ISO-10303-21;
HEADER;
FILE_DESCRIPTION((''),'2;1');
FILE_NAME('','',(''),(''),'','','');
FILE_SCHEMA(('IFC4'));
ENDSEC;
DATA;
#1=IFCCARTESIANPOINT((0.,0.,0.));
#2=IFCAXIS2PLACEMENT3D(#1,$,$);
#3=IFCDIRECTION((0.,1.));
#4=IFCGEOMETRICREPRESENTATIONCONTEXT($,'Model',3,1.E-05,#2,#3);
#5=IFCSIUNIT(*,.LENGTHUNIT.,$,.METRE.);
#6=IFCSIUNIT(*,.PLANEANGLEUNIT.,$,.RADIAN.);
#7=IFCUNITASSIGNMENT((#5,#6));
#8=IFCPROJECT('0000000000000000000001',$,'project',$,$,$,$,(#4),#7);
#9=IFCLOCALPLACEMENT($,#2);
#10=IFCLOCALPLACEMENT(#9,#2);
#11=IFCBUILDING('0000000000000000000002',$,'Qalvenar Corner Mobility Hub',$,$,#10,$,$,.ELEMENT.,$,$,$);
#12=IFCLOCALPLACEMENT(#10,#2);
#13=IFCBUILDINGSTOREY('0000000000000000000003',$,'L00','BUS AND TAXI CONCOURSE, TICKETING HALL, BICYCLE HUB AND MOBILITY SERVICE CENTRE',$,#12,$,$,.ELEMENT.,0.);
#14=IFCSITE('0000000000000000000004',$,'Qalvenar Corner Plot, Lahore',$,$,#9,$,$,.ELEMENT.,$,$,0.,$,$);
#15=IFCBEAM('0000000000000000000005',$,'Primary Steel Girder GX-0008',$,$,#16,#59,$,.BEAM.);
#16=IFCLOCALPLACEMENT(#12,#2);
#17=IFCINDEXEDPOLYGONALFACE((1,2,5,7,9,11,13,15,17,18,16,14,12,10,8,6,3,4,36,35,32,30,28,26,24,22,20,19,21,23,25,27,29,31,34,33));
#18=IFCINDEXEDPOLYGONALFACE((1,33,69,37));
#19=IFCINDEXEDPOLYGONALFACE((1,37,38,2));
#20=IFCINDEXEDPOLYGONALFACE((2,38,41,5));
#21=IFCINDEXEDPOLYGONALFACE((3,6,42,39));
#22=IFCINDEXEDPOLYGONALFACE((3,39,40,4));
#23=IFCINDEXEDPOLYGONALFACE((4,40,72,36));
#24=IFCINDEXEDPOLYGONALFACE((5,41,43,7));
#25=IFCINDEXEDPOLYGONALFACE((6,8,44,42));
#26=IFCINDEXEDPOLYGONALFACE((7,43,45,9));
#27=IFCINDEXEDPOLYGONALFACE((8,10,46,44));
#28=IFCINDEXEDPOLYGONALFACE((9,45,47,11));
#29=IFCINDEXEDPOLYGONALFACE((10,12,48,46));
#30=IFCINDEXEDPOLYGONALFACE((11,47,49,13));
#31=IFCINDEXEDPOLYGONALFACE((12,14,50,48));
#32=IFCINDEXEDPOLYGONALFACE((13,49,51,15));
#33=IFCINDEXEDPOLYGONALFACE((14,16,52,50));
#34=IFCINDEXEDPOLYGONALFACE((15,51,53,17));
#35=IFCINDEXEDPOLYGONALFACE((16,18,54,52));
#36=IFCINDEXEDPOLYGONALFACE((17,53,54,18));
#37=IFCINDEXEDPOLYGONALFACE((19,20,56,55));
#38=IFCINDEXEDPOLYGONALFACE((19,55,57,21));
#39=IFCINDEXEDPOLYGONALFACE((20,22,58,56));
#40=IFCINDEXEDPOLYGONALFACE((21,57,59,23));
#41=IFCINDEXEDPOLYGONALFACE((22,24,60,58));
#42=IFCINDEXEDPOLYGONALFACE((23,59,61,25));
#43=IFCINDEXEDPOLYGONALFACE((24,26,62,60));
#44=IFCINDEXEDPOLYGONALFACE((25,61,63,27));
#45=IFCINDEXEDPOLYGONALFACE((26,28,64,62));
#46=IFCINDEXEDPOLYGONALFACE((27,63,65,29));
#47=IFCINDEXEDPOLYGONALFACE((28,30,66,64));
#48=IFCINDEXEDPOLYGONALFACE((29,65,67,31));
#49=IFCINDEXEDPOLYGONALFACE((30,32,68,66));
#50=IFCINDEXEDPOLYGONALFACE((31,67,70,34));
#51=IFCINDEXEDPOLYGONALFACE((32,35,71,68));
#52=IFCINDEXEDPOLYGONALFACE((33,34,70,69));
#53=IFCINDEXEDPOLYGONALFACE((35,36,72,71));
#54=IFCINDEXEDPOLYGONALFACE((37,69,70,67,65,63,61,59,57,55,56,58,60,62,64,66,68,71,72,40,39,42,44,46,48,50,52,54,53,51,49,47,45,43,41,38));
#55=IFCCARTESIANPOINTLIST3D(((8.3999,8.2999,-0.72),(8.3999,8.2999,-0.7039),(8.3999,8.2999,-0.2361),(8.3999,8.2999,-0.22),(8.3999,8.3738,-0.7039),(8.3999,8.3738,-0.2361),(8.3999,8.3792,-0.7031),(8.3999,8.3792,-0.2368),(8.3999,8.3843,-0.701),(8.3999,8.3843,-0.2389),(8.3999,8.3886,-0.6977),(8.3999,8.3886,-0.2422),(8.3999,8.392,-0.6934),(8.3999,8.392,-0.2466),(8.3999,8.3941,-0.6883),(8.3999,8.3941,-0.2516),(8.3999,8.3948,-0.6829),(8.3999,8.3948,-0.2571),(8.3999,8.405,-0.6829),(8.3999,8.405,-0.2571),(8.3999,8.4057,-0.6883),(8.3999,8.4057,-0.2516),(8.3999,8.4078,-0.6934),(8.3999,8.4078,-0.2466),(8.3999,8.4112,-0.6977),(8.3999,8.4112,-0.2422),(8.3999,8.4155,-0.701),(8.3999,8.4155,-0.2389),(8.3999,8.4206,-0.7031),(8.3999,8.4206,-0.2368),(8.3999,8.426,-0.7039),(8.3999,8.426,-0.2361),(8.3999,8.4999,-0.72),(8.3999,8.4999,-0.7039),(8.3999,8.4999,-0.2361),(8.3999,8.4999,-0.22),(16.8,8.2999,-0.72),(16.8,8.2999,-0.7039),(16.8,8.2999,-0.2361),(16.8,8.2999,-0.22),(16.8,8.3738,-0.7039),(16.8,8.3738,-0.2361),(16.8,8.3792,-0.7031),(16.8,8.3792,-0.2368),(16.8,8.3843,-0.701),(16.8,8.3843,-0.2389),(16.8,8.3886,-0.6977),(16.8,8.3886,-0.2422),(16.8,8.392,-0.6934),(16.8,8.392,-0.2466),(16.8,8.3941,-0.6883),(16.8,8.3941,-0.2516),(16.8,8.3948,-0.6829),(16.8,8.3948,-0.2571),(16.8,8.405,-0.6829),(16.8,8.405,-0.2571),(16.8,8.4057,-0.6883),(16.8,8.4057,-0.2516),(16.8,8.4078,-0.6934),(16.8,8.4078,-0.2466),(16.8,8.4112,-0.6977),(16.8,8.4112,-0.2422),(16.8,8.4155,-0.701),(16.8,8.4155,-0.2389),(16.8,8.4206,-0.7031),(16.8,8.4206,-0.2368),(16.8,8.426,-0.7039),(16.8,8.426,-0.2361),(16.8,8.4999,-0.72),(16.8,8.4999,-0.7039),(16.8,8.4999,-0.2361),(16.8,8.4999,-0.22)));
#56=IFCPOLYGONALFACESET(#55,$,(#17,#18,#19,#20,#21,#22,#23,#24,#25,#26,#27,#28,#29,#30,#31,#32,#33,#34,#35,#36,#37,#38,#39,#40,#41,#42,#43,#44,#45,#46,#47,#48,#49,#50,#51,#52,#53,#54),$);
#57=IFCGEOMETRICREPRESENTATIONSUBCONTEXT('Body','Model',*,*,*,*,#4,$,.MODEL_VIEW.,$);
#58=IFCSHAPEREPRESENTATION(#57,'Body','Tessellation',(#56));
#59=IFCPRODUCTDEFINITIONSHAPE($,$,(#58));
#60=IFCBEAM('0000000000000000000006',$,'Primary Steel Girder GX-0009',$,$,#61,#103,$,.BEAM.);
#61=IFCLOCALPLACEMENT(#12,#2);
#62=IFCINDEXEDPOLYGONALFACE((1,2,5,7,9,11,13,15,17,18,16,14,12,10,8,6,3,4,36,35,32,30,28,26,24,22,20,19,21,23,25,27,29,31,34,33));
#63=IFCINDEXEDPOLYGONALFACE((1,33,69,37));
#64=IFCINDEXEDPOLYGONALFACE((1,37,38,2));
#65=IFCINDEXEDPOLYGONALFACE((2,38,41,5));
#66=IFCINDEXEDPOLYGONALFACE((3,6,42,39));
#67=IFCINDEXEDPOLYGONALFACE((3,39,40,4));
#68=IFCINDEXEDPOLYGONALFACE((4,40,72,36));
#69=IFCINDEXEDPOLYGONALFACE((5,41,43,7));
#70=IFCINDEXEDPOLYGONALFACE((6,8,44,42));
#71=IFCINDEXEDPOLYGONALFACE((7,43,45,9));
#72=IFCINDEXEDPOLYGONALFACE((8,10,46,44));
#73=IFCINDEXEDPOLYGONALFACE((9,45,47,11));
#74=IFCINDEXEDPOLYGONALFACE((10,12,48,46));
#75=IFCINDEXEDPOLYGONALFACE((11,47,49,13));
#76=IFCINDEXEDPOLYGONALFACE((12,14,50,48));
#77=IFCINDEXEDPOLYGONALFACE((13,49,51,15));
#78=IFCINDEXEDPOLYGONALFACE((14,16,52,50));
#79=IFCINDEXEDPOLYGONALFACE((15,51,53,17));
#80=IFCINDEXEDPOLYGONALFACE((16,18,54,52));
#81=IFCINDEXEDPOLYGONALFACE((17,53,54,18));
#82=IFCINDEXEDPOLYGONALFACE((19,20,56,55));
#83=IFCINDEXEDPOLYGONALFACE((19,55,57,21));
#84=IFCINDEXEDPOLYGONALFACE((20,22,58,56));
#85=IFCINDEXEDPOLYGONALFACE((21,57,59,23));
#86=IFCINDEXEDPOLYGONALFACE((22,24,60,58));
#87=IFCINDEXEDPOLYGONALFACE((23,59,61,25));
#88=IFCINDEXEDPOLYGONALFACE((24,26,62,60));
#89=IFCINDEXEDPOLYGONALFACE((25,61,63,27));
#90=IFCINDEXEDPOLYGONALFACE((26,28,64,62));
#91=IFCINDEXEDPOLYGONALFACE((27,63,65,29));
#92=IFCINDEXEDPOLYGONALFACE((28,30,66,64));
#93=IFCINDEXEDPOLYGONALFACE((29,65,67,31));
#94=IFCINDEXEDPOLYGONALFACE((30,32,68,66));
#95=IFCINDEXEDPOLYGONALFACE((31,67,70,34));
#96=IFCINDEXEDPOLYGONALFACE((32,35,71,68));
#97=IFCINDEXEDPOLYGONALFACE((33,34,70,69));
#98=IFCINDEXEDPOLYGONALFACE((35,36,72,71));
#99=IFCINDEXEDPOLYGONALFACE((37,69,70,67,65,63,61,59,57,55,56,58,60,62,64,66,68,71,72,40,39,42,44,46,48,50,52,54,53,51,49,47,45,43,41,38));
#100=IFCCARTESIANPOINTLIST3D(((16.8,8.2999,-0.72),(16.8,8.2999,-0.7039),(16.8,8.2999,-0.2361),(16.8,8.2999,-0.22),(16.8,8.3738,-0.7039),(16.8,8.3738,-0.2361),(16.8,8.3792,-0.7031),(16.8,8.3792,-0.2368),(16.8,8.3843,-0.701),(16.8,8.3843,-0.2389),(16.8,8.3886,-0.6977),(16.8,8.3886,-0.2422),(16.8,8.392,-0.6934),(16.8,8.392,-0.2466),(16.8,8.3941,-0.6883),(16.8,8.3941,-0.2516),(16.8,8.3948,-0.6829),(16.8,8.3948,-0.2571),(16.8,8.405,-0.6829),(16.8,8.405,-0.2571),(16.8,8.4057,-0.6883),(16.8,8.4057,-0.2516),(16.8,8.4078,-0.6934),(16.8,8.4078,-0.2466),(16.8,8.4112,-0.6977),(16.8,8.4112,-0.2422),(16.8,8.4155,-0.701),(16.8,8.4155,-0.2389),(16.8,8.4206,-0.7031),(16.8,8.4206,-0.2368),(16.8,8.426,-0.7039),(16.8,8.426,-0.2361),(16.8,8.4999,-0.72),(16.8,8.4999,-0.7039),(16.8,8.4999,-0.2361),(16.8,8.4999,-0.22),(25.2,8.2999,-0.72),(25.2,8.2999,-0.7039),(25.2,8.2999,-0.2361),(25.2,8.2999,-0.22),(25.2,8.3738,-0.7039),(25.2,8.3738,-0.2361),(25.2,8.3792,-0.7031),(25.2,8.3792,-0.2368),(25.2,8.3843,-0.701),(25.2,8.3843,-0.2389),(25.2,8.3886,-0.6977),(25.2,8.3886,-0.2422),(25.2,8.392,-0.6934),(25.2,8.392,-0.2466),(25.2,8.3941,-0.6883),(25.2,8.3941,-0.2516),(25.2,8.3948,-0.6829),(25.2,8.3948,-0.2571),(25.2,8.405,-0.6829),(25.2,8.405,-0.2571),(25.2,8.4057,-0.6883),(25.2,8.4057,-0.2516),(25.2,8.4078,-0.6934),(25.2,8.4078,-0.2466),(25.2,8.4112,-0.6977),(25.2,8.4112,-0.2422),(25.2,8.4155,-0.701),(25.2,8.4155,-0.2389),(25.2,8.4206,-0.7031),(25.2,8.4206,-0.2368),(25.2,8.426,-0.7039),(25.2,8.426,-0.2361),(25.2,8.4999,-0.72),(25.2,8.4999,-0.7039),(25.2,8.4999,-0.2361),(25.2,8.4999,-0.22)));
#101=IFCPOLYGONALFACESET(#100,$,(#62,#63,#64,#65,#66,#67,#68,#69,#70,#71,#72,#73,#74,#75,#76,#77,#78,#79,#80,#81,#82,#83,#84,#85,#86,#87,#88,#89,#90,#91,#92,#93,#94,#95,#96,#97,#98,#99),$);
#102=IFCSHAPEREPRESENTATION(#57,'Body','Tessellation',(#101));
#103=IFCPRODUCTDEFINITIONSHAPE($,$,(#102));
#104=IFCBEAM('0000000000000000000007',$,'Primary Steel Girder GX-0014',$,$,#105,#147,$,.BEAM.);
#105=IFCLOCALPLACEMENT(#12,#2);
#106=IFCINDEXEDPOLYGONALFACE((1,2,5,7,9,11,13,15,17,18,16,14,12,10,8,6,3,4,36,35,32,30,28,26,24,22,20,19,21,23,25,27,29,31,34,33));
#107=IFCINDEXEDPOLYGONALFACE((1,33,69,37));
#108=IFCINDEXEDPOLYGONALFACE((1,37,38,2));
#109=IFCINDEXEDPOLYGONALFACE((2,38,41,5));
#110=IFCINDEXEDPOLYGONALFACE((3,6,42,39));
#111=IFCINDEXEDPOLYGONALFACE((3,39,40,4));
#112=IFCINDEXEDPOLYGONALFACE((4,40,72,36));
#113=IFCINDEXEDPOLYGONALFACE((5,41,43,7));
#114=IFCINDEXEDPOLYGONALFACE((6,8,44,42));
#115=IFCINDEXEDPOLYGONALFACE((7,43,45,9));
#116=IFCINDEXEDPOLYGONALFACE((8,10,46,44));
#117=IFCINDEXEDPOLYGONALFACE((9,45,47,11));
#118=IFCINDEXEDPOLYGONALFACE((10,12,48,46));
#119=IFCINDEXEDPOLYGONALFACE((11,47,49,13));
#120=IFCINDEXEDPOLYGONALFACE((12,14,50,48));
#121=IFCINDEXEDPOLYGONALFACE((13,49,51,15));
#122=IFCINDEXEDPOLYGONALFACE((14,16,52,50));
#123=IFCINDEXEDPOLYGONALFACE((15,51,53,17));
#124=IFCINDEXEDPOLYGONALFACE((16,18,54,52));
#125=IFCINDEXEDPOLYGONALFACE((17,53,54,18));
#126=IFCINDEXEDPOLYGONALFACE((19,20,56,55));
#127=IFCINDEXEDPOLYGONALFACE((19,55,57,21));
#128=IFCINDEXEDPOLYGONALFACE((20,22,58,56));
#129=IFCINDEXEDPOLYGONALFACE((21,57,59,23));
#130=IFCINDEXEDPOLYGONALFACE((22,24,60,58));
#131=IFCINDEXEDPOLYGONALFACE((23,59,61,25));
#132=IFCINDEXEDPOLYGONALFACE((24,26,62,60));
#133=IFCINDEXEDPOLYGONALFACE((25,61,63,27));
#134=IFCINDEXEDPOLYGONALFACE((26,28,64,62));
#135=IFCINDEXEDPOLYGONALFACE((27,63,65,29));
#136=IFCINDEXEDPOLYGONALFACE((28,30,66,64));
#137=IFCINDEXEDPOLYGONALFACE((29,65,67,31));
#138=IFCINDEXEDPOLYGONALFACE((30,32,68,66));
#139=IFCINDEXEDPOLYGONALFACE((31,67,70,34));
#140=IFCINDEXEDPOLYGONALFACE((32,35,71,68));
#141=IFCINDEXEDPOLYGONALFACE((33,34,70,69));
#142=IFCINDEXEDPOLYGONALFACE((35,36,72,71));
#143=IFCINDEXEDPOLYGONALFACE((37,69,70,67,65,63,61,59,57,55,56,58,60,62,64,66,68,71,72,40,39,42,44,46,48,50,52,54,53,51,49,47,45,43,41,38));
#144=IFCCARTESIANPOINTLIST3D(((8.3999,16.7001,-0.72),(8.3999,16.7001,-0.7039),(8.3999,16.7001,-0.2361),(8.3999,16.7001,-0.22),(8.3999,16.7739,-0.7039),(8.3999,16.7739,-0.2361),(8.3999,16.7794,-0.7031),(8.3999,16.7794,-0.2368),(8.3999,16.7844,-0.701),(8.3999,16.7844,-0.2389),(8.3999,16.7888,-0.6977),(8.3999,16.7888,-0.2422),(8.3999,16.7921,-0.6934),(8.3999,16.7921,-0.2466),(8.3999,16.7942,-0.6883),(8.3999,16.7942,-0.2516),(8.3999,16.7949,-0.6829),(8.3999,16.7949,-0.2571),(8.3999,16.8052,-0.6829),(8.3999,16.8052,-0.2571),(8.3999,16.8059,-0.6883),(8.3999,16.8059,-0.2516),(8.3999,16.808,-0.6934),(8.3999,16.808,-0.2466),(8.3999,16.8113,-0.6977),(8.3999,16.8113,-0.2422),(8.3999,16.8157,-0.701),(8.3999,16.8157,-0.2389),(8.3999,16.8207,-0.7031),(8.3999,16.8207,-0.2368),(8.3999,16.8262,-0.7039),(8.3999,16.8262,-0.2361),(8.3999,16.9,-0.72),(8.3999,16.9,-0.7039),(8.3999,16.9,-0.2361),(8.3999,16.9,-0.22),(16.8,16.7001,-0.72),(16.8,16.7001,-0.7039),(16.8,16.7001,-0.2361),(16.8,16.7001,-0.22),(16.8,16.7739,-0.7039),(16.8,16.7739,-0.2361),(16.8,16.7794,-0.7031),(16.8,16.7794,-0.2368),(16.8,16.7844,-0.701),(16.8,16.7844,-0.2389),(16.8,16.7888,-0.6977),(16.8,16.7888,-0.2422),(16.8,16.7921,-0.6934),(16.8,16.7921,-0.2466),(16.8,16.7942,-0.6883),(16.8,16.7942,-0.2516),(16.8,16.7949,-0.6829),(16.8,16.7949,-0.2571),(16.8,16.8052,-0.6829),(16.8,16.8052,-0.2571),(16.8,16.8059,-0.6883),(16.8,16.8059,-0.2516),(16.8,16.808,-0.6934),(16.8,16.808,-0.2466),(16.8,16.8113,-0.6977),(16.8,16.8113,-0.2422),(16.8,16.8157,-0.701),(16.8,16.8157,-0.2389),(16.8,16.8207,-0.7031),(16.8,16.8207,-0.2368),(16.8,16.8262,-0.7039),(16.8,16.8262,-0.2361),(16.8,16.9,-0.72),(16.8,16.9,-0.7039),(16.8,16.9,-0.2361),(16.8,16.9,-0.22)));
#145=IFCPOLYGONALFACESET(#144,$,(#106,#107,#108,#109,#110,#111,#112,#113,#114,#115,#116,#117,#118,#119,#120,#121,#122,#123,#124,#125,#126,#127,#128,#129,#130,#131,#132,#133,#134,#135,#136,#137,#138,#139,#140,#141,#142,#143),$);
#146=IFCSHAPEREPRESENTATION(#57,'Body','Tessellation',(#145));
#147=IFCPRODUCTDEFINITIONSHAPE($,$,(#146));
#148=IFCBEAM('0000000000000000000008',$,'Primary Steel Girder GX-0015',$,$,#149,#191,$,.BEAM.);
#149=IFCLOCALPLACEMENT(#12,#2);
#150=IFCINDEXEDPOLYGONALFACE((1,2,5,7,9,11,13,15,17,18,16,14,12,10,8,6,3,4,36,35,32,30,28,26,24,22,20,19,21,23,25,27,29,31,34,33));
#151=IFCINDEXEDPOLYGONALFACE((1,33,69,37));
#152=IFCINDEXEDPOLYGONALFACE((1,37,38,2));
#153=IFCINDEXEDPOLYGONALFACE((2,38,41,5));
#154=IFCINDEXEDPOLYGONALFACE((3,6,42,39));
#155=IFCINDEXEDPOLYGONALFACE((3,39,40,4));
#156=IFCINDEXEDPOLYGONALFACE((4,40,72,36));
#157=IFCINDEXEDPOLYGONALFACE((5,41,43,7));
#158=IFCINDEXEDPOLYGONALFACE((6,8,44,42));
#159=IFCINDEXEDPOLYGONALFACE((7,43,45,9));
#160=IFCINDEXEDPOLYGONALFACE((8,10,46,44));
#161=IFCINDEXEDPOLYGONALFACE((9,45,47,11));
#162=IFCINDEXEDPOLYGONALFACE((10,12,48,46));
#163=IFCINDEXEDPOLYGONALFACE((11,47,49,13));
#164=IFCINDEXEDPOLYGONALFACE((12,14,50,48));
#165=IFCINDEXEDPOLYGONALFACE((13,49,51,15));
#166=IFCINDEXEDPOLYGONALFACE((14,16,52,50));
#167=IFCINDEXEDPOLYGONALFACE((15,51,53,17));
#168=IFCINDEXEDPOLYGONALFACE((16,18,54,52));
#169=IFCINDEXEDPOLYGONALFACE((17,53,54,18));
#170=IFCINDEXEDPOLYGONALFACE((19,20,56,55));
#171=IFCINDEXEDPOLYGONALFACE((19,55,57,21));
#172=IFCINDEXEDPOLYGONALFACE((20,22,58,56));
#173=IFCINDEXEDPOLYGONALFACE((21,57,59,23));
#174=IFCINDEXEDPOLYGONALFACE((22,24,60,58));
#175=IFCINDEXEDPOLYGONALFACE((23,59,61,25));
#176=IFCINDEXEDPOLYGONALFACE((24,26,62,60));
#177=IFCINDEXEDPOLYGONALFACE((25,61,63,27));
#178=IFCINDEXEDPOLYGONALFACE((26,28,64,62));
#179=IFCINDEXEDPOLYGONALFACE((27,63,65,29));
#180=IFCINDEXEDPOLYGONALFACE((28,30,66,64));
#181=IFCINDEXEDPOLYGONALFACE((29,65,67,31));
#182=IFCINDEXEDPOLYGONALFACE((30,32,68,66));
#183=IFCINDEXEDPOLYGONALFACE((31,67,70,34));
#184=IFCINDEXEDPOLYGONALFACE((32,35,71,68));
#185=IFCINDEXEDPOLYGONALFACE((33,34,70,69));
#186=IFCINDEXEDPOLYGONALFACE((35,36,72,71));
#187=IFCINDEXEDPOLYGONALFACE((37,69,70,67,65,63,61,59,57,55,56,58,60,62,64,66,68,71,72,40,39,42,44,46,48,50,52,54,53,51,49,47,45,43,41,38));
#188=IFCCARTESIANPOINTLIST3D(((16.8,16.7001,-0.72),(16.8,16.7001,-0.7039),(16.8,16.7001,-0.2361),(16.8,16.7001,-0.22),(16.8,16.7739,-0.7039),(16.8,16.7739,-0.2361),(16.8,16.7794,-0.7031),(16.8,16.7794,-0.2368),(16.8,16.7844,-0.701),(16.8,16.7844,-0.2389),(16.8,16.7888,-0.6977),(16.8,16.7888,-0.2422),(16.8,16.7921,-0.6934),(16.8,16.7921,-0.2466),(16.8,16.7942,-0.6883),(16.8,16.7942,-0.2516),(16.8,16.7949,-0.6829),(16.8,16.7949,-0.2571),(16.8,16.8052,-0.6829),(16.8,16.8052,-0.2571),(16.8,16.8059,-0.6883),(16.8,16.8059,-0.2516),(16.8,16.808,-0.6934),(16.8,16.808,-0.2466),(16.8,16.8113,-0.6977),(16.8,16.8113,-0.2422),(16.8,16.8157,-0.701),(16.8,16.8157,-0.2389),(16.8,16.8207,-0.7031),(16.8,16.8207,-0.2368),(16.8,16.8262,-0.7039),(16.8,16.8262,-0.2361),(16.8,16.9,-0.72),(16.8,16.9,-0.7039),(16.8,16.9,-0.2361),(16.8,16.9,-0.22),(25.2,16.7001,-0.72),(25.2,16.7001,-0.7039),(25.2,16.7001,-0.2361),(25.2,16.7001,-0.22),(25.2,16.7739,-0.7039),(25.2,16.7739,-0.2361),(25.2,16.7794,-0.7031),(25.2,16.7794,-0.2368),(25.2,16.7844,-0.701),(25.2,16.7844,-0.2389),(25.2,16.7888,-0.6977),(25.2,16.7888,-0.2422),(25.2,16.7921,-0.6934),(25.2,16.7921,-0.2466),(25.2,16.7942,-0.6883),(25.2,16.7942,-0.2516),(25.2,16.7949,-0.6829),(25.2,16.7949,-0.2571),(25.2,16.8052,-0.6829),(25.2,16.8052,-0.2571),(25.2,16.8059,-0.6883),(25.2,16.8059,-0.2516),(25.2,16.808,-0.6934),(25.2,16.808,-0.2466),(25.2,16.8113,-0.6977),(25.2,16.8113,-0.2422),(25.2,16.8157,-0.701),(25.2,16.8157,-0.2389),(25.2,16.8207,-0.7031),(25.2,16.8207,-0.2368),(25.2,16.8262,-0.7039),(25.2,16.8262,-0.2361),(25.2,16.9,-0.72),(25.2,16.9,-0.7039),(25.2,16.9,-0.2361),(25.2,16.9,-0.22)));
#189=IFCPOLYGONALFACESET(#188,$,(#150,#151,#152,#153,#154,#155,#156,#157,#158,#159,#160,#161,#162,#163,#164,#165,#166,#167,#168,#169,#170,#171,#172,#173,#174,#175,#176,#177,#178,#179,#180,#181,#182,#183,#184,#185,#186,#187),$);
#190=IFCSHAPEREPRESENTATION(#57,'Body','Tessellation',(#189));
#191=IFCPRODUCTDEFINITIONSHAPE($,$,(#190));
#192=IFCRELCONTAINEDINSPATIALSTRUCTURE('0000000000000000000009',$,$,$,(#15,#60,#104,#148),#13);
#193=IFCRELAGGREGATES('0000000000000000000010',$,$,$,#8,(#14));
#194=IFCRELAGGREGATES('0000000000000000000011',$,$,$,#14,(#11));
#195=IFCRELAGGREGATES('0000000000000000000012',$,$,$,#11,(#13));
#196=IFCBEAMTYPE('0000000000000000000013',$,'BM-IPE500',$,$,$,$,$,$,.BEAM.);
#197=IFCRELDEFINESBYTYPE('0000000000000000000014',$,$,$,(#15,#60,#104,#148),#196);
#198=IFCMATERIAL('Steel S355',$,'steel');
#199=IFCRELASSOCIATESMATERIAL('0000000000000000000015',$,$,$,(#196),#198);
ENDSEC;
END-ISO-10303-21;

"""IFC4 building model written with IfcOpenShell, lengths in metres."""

from ifc_helpers import new_model, si_unit, direction, frame, origin, origin_2d, place, context, subcontext, project, spatial, i_section, extrude, material, material_profile, profile_set, type_object, element, save


model = new_model("IFC4")

# Units and contexts
model_context = context("Model", 3, precision=1e-05, world=origin(), true_north=direction((0.0, 1.0)))
body_context = subcontext(model_context, "Body", "Model", "MODEL_VIEW")
ifc_project = project(units=[si_unit("LENGTHUNIT", "METRE"), si_unit("PLANEANGLEUNIT", "RADIAN")], contexts=[model_context])

# Site, building, storey
site_placement = place(None, origin())
site = spatial("IfcSite", under=ifc_project, at=site_placement, Name="Qalvenar Corner Plot, Lahore", CompositionType="ELEMENT", RefElevation=0.0)
building_placement = place(site_placement, origin())
building = spatial("IfcBuilding", under=site, at=building_placement, Name="Qalvenar Corner Mobility Hub", CompositionType="ELEMENT")
storey_placement = place(building_placement, origin())
storey = spatial("IfcBuildingStorey", under=building, at=storey_placement, Name="L00", Description="BUS AND TAXI CONCOURSE, TICKETING HALL, BICYCLE HUB AND MOBILITY SERVICE CENTRE", CompositionType="ELEMENT", Elevation=0.0)

# Beams
ifc_material_1 = material(Name="Steel S355", Category="steel")
ifc_material_profile_1 = material_profile(ifc_material_1, i_section(OverallWidth=0.2, OverallDepth=0.5, WebThickness=0.0103, FlangeThickness=0.0161, FilletRadius=0.021, at=origin_2d()), Name="IPE500")
ifc_profile_set_1 = profile_set([ifc_material_profile_1], Name="Steel S355")
beam_type_1 = type_object("IfcBeamType", Name="BM-IPE500", PredefinedType="BEAM", material=ifc_profile_set_1)
beam_1_placement = place(storey_placement, frame((8.3999, 8.3999, -0.47), z_axis=(1.0, 0.0, 0.0), x_axis=(0.0, 1.0, 0.0)))
element("IfcBeam", 1, at=beam_1_placement, inside=storey, type_object=beam_type_1, Name="Primary Steel Girder GX-0008", PredefinedType="BEAM", context=body_context, shape_type="SweptSolid", body=[
    extrude(i_section(OverallWidth=0.2, OverallDepth=0.5, WebThickness=0.0103, FlangeThickness=0.0161, FilletRadius=0.021, at=origin_2d()), origin(), (0.0, 0.0, 1.0), 8.4001),
])
beam_2_placement = place(storey_placement, frame((16.8, 8.3999, -0.47), z_axis=(1.0, 0.0, 0.0), x_axis=(0.0, 1.0, 0.0)))
element("IfcBeam", 2, at=beam_2_placement, inside=storey, type_object=beam_type_1, Name="Primary Steel Girder GX-0009", PredefinedType="BEAM", context=body_context, shape_type="SweptSolid", body=[
    extrude(i_section(OverallWidth=0.2, OverallDepth=0.5, WebThickness=0.0103, FlangeThickness=0.0161, FilletRadius=0.021, at=origin_2d()), origin(), (0.0, 0.0, 1.0), 8.3999),
])
beam_3_placement = place(storey_placement, frame((8.3999, 16.8, -0.47), z_axis=(1.0, 0.0, 0.0), x_axis=(0.0, 1.0, 0.0)))
element("IfcBeam", 3, at=beam_3_placement, inside=storey, type_object=beam_type_1, Name="Primary Steel Girder GX-0014", PredefinedType="BEAM", context=body_context, shape_type="SweptSolid", body=[
    extrude(i_section(OverallWidth=0.2, OverallDepth=0.5, WebThickness=0.0103, FlangeThickness=0.0161, FilletRadius=0.021, at=origin_2d()), origin(), (0.0, 0.0, 1.0), 8.4001),
])
beam_4_placement = place(storey_placement, frame((16.8, 16.8, -0.47), z_axis=(1.0, 0.0, 0.0), x_axis=(0.0, 1.0, 0.0)))
element("IfcBeam", 4, at=beam_4_placement, inside=storey, type_object=beam_type_1, Name="Primary Steel Girder GX-0015", PredefinedType="BEAM", context=body_context, shape_type="SweptSolid", body=[
    extrude(i_section(OverallWidth=0.2, OverallDepth=0.5, WebThickness=0.0103, FlangeThickness=0.0161, FilletRadius=0.021, at=origin_2d()), origin(), (0.0, 0.0, 1.0), 8.3999),
])

save(model, "model.ifc")
